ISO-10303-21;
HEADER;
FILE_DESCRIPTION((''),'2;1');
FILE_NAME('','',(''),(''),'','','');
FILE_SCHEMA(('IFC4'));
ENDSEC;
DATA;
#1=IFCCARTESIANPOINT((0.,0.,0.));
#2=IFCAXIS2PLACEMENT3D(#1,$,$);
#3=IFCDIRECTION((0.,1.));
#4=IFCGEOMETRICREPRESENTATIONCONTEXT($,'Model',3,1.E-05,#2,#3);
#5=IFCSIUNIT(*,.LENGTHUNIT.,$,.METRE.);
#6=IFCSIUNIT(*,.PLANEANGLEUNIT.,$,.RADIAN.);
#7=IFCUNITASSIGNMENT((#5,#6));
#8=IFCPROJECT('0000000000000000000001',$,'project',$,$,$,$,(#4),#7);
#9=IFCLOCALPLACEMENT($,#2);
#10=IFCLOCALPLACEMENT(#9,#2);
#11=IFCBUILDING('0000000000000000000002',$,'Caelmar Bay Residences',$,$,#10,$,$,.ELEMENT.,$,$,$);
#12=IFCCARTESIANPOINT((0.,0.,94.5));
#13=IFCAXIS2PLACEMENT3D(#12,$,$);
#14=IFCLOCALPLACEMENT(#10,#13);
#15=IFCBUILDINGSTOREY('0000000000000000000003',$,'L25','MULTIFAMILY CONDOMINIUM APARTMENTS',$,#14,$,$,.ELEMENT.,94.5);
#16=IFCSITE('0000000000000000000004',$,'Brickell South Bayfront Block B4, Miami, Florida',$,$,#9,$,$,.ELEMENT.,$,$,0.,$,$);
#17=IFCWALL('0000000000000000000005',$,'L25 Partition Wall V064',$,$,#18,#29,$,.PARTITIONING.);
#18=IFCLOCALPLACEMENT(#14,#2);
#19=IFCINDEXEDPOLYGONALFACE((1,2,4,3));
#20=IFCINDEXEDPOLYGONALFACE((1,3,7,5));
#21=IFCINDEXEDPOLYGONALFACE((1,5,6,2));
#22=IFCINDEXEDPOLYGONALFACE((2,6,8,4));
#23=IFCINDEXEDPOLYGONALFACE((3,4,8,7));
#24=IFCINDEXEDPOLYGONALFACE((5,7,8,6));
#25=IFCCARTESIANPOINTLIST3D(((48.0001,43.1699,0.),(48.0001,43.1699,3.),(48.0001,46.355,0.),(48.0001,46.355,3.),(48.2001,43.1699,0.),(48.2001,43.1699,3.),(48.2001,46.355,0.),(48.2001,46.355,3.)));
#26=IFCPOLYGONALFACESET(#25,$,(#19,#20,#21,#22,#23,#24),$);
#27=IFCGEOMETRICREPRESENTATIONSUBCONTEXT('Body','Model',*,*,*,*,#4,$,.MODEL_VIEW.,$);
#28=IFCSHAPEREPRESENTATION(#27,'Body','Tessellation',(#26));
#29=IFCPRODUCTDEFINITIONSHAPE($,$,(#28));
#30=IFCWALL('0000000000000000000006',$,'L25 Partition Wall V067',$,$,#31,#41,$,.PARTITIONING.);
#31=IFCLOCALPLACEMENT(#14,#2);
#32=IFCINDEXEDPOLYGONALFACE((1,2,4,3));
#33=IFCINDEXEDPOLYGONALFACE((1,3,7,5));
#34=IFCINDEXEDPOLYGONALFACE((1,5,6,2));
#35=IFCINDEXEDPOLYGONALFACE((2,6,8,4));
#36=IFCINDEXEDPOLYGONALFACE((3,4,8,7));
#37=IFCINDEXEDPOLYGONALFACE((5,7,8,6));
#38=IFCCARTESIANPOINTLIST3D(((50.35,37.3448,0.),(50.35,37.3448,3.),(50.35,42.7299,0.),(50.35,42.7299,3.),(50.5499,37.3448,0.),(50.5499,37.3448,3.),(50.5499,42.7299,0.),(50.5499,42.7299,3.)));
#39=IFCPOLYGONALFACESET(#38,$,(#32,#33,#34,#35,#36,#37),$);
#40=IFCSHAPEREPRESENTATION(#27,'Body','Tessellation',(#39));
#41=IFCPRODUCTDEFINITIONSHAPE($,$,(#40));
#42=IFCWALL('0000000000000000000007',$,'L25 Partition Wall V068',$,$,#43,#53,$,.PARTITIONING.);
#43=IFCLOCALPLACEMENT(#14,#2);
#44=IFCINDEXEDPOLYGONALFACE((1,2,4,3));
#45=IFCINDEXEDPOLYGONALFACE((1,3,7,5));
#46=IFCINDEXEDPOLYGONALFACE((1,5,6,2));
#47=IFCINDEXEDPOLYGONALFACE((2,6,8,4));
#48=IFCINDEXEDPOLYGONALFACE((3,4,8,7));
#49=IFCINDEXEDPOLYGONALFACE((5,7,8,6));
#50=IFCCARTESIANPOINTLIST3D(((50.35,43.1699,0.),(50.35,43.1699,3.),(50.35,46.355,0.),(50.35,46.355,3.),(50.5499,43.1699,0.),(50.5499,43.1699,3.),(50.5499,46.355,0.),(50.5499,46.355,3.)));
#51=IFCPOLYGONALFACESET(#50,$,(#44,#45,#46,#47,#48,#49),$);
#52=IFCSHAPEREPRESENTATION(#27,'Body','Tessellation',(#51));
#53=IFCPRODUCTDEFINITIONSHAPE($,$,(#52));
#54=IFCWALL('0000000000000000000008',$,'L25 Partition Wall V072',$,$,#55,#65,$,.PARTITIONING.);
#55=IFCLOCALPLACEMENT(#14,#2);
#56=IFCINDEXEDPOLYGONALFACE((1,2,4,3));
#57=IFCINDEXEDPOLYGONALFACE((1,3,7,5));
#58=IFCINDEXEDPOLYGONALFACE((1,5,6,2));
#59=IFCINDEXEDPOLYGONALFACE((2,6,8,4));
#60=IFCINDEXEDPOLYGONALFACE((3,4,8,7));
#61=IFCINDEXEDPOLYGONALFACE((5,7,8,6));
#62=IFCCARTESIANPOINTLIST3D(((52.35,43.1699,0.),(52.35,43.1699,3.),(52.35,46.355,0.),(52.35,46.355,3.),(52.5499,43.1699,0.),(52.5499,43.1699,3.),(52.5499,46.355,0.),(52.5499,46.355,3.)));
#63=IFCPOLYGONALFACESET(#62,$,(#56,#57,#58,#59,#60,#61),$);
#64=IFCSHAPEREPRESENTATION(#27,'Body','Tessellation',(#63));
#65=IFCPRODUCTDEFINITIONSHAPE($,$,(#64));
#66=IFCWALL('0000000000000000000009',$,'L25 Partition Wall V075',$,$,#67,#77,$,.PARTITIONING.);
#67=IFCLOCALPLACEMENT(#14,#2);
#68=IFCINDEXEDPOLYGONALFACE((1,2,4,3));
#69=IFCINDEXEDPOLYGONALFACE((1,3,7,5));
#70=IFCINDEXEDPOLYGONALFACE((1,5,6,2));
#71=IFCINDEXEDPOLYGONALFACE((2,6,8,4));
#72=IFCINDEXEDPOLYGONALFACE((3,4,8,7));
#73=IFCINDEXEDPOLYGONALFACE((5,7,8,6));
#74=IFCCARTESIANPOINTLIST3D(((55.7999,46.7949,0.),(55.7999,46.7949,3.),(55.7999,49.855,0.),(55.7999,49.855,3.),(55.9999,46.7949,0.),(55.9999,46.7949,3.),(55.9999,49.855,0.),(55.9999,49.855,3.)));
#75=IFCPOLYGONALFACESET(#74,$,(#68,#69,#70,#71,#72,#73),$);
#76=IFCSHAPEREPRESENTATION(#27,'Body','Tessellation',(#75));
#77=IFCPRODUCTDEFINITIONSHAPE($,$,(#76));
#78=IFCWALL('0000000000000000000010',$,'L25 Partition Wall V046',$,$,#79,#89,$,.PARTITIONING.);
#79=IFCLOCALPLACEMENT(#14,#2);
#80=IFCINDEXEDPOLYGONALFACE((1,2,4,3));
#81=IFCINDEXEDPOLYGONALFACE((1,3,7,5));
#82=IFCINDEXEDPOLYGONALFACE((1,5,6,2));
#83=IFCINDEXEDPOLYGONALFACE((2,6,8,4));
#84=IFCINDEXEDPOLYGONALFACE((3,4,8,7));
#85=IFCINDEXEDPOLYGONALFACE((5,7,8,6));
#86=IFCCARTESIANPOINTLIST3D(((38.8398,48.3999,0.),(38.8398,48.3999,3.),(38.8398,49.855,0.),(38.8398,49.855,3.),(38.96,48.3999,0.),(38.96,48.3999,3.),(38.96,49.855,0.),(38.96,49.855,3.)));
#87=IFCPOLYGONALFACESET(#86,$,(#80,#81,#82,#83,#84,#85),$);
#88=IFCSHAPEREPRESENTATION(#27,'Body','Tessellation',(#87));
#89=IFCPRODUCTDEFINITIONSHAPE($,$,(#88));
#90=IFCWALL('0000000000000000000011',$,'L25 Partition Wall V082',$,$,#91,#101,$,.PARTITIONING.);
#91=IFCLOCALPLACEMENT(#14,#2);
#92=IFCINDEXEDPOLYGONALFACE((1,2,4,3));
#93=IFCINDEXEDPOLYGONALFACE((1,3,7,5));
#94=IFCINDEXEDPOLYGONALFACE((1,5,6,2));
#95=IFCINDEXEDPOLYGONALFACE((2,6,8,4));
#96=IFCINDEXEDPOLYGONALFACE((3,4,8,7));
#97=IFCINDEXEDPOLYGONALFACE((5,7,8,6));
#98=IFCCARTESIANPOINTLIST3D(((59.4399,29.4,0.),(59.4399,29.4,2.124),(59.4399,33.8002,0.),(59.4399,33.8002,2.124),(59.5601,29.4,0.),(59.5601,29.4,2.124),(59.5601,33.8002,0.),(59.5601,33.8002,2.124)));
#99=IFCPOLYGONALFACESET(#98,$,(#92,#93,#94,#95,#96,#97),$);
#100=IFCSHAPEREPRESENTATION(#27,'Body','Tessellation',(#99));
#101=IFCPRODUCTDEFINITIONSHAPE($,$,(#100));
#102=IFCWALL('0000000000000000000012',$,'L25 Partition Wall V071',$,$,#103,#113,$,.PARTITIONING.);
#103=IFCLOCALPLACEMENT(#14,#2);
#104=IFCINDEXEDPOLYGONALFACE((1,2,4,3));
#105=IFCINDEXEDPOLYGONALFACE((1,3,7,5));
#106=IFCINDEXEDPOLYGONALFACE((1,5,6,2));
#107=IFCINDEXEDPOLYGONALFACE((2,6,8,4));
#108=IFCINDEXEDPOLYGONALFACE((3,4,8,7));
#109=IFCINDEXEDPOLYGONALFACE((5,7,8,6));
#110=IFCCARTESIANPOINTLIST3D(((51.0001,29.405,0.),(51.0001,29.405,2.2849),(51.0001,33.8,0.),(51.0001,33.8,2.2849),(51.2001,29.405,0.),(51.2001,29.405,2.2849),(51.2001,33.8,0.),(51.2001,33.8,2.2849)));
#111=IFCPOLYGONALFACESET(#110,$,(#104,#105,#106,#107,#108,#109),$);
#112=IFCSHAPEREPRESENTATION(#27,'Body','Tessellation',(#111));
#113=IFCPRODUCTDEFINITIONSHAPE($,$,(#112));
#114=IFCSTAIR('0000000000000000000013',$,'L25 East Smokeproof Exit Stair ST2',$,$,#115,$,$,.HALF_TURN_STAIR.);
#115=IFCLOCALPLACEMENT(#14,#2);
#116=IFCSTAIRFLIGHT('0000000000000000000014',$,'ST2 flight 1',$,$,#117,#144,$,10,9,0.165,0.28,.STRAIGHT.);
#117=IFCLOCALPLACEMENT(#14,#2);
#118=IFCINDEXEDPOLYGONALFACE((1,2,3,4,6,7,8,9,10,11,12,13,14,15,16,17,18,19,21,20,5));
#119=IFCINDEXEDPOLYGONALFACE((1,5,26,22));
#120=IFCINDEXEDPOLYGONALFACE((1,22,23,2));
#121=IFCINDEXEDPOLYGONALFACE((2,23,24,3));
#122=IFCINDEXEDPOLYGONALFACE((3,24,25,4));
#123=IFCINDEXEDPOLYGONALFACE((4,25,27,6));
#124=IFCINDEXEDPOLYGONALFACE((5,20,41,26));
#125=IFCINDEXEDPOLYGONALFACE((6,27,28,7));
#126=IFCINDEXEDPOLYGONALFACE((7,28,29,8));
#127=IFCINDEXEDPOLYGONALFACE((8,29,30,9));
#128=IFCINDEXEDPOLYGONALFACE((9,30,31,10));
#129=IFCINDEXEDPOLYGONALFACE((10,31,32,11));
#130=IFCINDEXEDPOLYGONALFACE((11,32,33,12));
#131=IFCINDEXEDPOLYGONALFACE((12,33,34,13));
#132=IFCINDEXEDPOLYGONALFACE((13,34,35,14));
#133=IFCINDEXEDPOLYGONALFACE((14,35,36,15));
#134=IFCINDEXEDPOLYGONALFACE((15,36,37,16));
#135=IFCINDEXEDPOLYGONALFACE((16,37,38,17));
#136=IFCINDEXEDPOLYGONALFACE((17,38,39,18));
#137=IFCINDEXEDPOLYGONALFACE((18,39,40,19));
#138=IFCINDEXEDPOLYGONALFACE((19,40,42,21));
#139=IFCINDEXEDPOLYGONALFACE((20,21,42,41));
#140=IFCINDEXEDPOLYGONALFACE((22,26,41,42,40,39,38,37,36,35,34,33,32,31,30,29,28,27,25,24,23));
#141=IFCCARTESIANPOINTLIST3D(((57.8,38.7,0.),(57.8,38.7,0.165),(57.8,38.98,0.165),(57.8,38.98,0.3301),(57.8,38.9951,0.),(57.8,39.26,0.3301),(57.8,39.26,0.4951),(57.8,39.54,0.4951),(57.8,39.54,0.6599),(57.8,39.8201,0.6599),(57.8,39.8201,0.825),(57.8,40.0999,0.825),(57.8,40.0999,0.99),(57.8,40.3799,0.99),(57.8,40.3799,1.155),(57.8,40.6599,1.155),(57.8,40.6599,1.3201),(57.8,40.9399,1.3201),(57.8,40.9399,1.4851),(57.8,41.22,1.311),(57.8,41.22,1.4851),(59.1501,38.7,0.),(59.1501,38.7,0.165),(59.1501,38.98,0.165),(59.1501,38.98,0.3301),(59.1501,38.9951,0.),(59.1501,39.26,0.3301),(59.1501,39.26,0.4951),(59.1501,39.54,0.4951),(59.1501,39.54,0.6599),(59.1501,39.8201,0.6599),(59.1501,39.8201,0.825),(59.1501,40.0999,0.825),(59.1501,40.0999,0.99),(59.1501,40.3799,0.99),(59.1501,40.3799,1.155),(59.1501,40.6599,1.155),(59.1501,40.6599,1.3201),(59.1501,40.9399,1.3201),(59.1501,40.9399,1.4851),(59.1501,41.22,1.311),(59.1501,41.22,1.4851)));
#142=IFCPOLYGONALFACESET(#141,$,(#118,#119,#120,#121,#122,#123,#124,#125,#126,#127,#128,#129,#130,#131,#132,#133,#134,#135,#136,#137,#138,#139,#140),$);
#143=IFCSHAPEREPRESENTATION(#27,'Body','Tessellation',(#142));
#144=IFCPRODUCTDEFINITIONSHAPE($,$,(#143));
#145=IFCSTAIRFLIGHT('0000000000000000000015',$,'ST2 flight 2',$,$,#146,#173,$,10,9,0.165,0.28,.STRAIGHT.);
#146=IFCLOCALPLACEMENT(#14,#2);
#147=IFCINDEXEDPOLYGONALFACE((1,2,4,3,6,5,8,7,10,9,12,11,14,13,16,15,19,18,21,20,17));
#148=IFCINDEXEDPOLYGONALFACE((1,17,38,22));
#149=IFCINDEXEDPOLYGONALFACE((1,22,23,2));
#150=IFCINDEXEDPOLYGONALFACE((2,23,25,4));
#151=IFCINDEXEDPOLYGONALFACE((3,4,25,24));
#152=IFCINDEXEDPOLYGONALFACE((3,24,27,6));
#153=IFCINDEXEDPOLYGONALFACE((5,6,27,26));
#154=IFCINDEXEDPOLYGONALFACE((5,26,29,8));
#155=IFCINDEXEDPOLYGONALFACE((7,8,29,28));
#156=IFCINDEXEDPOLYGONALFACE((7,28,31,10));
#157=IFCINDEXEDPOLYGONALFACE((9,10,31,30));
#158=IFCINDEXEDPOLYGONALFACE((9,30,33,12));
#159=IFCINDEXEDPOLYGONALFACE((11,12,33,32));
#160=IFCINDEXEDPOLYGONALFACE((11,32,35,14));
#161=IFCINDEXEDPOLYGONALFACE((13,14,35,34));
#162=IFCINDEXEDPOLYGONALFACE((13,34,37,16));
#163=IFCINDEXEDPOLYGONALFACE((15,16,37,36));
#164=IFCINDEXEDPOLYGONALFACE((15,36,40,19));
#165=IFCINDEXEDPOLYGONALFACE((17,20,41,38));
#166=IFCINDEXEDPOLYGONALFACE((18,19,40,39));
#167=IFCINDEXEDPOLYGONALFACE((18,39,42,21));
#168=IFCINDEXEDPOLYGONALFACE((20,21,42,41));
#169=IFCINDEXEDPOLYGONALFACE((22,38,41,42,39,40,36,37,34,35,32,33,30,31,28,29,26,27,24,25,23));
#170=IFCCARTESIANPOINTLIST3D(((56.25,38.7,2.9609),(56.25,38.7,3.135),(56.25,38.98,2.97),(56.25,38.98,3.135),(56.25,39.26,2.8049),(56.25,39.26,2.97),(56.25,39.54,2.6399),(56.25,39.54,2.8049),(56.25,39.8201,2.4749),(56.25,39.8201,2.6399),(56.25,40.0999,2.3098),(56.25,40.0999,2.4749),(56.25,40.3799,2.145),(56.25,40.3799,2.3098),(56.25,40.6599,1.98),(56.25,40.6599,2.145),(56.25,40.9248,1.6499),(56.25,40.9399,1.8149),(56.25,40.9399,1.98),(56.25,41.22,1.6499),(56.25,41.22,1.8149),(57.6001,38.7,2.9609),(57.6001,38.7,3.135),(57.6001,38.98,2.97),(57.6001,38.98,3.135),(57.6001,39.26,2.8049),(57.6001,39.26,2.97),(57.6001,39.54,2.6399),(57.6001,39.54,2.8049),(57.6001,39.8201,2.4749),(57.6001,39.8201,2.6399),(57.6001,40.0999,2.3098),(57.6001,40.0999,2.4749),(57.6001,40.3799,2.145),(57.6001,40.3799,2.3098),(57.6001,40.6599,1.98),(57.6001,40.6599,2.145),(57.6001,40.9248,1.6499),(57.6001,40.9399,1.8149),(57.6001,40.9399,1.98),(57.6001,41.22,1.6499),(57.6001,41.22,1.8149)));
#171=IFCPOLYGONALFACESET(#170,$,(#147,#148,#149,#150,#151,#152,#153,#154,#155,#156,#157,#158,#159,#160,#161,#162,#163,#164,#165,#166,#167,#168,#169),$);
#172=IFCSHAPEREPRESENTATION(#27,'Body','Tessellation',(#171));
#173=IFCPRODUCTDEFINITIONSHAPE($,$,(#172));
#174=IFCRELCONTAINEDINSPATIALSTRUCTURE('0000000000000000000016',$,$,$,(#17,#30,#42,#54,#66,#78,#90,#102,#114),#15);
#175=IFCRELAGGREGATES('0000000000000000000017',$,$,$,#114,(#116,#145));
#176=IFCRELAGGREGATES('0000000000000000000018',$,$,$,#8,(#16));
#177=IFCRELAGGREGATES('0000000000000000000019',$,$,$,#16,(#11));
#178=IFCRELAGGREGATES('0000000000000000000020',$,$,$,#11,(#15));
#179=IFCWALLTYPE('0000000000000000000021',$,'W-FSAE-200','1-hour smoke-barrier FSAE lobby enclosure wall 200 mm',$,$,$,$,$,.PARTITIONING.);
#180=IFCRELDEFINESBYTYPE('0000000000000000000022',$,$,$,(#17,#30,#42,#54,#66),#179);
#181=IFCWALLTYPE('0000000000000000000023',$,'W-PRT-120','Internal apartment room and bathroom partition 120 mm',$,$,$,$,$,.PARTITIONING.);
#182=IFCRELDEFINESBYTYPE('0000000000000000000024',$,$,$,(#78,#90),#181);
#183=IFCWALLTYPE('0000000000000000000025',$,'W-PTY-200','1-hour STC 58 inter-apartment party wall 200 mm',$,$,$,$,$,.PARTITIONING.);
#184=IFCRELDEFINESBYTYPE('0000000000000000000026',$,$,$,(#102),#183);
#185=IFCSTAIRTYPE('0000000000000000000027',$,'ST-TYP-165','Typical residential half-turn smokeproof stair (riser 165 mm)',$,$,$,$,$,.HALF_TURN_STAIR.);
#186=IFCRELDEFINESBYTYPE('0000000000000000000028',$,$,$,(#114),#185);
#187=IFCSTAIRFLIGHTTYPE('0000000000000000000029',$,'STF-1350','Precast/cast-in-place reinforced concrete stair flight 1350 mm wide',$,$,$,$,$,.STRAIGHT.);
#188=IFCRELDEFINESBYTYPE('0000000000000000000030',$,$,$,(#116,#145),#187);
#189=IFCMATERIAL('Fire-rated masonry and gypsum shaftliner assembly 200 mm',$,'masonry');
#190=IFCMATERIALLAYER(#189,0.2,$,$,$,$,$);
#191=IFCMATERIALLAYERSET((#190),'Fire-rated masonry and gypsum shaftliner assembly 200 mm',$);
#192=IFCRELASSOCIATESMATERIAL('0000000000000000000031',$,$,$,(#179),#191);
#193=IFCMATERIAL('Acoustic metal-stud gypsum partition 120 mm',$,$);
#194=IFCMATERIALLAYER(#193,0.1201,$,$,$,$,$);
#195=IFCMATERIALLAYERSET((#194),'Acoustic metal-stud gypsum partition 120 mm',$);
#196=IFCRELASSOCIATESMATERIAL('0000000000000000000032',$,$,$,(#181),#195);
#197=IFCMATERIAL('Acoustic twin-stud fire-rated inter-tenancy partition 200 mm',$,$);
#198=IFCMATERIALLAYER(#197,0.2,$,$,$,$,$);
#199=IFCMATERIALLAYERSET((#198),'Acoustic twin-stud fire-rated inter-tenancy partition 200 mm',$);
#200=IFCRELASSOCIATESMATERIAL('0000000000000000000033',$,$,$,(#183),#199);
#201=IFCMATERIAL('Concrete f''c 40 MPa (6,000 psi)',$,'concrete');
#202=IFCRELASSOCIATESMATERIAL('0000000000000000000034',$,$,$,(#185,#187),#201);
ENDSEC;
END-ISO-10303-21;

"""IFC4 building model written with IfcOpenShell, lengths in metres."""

from ifc_helpers import new_model, si_unit, direction, frame, frame_2d, origin, place, context, subcontext, project, spatial, polyline, rectangle, outline, extrude, material, layer, layer_set, type_object, element, aggregate, save


model = new_model("IFC4")

# Units and contexts
model_context = context("Model", 3, precision=1e-05, world=origin(), true_north=direction((0.0, 1.0)))
body_context = subcontext(model_context, "Body", "Model", "MODEL_VIEW")
ifc_project = project(units=[si_unit("LENGTHUNIT", "METRE"), si_unit("PLANEANGLEUNIT", "RADIAN")], contexts=[model_context])

# Site, building, storey
site_placement = place(None, origin())
site = spatial("IfcSite", under=ifc_project, at=site_placement, Name="Brickell South Bayfront Block B4, Miami, Florida", CompositionType="ELEMENT", RefElevation=0.0)
building_placement = place(site_placement, origin())
building = spatial("IfcBuilding", under=site, at=building_placement, Name="Caelmar Bay Residences", CompositionType="ELEMENT")
storey_placement = place(building_placement, frame((0.0, 0.0, 94.5)))
storey = spatial("IfcBuildingStorey", under=building, at=storey_placement, Name="L25", Description="MULTIFAMILY CONDOMINIUM APARTMENTS", CompositionType="ELEMENT", Elevation=94.5)

# Walls
ifc_material_1 = material(Name="Fire-rated masonry and gypsum shaftliner assembly 200 mm", Category="masonry")
ifc_layer_1 = layer(ifc_material_1, 0.2)
ifc_layer_set_1 = layer_set([ifc_layer_1], Name="Fire-rated masonry and gypsum shaftliner assembly 200 mm")
wall_type_1 = type_object("IfcWallType", Name="W-FSAE-200", Description="1-hour smoke-barrier FSAE lobby enclosure wall 200 mm", PredefinedType="PARTITIONING", material=ifc_layer_set_1)
for number, where, z_axis, x_axis, name in (
    (1, (48.1001, 43.1699, 0.0), (0.0, 0.0, 1.0), (0.0, 1.0, 0.0), "L25 Partition Wall V064"),
):
    element("IfcWall", number, at=place(storey_placement, frame(where, z_axis=z_axis, x_axis=x_axis)), inside=storey, type_object=wall_type_1, Name=name, PredefinedType="PARTITIONING", context=body_context, shape_type="SweptSolid", body=[
        extrude(rectangle(XDim=3.1851, YDim=0.2, at=frame_2d((1.5925, 0.0))), origin(), (0.0, 0.0, 1.0), 3.0),
    ])
wall_1_placement = place(storey_placement, frame((50.45, 37.345, 0.0), z_axis=(0.0, 0.0, 1.0), x_axis=(0.0, 1.0, 0.0)))
element("IfcWall", 2, at=wall_1_placement, inside=storey, type_object=wall_type_1, Name="L25 Partition Wall V067", PredefinedType="PARTITIONING", context=body_context, shape_type="SweptSolid", body=[
    extrude(rectangle(XDim=5.385, YDim=0.2, at=frame_2d((2.6924, 0.0))), origin(), (0.0, 0.0, 1.0), 3.0),
])
for number, where, z_axis, x_axis, name in (
    (3, (50.45, 43.1699, 0.0), (0.0, 0.0, 1.0), (0.0, 1.0, 0.0), "L25 Partition Wall V068"),
    (4, (52.45, 43.1699, 0.0), (0.0, 0.0, 1.0), (0.0, 1.0, 0.0), "L25 Partition Wall V072"),
):
    element("IfcWall", number, at=place(storey_placement, frame(where, z_axis=z_axis, x_axis=x_axis)), inside=storey, type_object=wall_type_1, Name=name, PredefinedType="PARTITIONING", context=body_context, shape_type="SweptSolid", body=[
        extrude(rectangle(XDim=3.1851, YDim=0.2, at=frame_2d((1.5925, 0.0))), origin(), (0.0, 0.0, 1.0), 3.0),
    ])
wall_2_placement = place(storey_placement, frame((55.8999, 46.7949, 0.0), z_axis=(0.0, 0.0, 1.0), x_axis=(0.0, 1.0, 0.0)))
element("IfcWall", 5, at=wall_2_placement, inside=storey, type_object=wall_type_1, Name="L25 Partition Wall V075", PredefinedType="PARTITIONING", context=body_context, shape_type="SweptSolid", body=[
    extrude(rectangle(XDim=3.0601, YDim=0.2, at=frame_2d((1.53, 0.0))), origin(), (0.0, 0.0, 1.0), 3.0),
])
ifc_material_2 = material(Name="Acoustic metal-stud gypsum partition 120 mm")
ifc_layer_2 = layer(ifc_material_2, 0.1201)
ifc_layer_set_2 = layer_set([ifc_layer_2], Name="Acoustic metal-stud gypsum partition 120 mm")
wall_type_2 = type_object("IfcWallType", Name="W-PRT-120", Description="Internal apartment room and bathroom partition 120 mm", PredefinedType="PARTITIONING", material=ifc_layer_set_2)
wall_3_placement = place(storey_placement, frame((38.8999, 48.3999, 0.0), z_axis=(0.0, 0.0, 1.0), x_axis=(0.0, 1.0, 0.0)))
element("IfcWall", 6, at=wall_3_placement, inside=storey, type_object=wall_type_2, Name="L25 Partition Wall V046", PredefinedType="PARTITIONING", context=body_context, shape_type="SweptSolid", body=[
    extrude(rectangle(XDim=1.4551, YDim=0.1201, at=frame_2d((0.7275, 0.0))), origin(), (0.0, 0.0, 1.0), 3.0),
])
wall_4_placement = place(storey_placement, frame((59.5, 29.3999, 0.0), z_axis=(0.0, 0.0, 1.0), x_axis=(0.0, 1.0, 0.0)))
element("IfcWall", 7, at=wall_4_placement, inside=storey, type_object=wall_type_2, Name="L25 Partition Wall V082", PredefinedType="PARTITIONING", context=body_context, shape_type="SweptSolid", body=[
    extrude(rectangle(XDim=4.4001, YDim=0.1201, at=frame_2d((2.2002, 0.0))), origin(), (0.0, 0.0, 1.0), 2.124),
])
ifc_material_3 = material(Name="Acoustic twin-stud fire-rated inter-tenancy partition 200 mm")
ifc_layer_3 = layer(ifc_material_3, 0.2)
ifc_layer_set_3 = layer_set([ifc_layer_3], Name="Acoustic twin-stud fire-rated inter-tenancy partition 200 mm")
wall_type_3 = type_object("IfcWallType", Name="W-PTY-200", Description="1-hour STC 58 inter-apartment party wall 200 mm", PredefinedType="PARTITIONING", material=ifc_layer_set_3)
wall_5_placement = place(storey_placement, frame((51.1001, 29.405, 0.0), z_axis=(0.0, 0.0, 1.0), x_axis=(0.0, 1.0, 0.0)))
element("IfcWall", 8, at=wall_5_placement, inside=storey, type_object=wall_type_3, Name="L25 Partition Wall V071", PredefinedType="PARTITIONING", context=body_context, shape_type="SweptSolid", body=[
    extrude(rectangle(XDim=4.395, YDim=0.2, at=frame_2d((2.1975, 0.0))), origin(), (0.0, 0.0, 1.0), 2.2849),
])

# Stair, stair flights
ifc_material_4 = material(Name="Concrete f'c 40 MPa (6,000 psi)", Category="concrete")
stair_type = type_object("IfcStairType", Name="ST-TYP-165", Description="Typical residential half-turn smokeproof stair (riser 165 mm)", PredefinedType="HALF_TURN_STAIR", material=ifc_material_4)
stair_placement = place(storey_placement, origin())
stair = element("IfcStair", 9, at=stair_placement, inside=storey, type_object=stair_type, Name="L25 East Smokeproof Exit Stair ST2", PredefinedType="HALF_TURN_STAIR")
stair_flight_type = type_object("IfcStairFlightType", Name="STF-1350", Description="Precast/cast-in-place reinforced concrete stair flight 1350 mm wide", PredefinedType="STRAIGHT", material=ifc_material_4)
stair_flight_1_placement = place(storey_placement, frame((58.4751, 38.7, 0.0), z_axis=(0.0, 0.0, 1.0), x_axis=(0.0, 1.0, 0.0)))
stair_flight_1 = element("IfcStairFlight", 10, at=stair_flight_1_placement, type_object=stair_flight_type, Name="ST2 flight 1", NumberOfRisers=10, NumberOfTreads=9, PredefinedType="STRAIGHT", RiserHeight=0.165, TreadLength=0.28, context=body_context, shape_type="SweptSolid", body=[
    extrude(outline(polyline([(0.0, 0.0), (0.0, 0.165), (0.28, 0.165), (0.28, 0.3301), (0.5601, 0.3301), (0.5601, 0.4951), (0.8401, 0.4951), (0.8401, 0.6599), (1.1201, 0.6599), (1.1201, 0.825), (1.3999, 0.825), (1.3999, 0.99), (1.6799, 0.99), (1.6799, 1.155), (1.96, 1.155), (1.96, 1.3201), (2.24, 1.3201), (2.24, 1.4851), (2.52, 1.4851), (2.52, 1.6499), (2.52, 1.311), (0.2952, 0.0), (0.0, 0.0)])), frame((0.0, 0.675, 0.0), z_axis=(0.0, -1.0, 0.0), x_axis=(1.0, 0.0, 0.0)), (0.0, 0.0, 1.0), 1.3501),
])
stair_flight_2_placement = place(storey_placement, frame((56.925, 41.22, 1.6499), z_axis=(0.0, 0.0, 1.0), x_axis=(0.0, -1.0, 0.0)))
stair_flight_2 = element("IfcStairFlight", 11, at=stair_flight_2_placement, type_object=stair_flight_type, Name="ST2 flight 2", NumberOfRisers=10, NumberOfTreads=9, PredefinedType="STRAIGHT", RiserHeight=0.165, TreadLength=0.28, context=body_context, shape_type="SweptSolid", body=[
    extrude(outline(polyline([(0.0, 0.0), (0.0, 0.165), (0.28, 0.165), (0.28, 0.3301), (0.5601, 0.3301), (0.5601, 0.4951), (0.8401, 0.4951), (0.8401, 0.6599), (1.1201, 0.6599), (1.1201, 0.825), (1.3999, 0.825), (1.3999, 0.99), (1.6799, 0.99), (1.6799, 1.155), (1.96, 1.155), (1.96, 1.3201), (2.24, 1.3201), (2.24, 1.4851), (2.52, 1.4851), (2.52, 1.6499), (2.52, 1.311), (0.2952, 0.0), (0.0, 0.0)])), frame((0.0, 0.675, 0.0), z_axis=(0.0, -1.0, 0.0), x_axis=(1.0, 0.0, 0.0)), (0.0, 0.0, 1.0), 1.3501),
])
aggregate(stair, [stair_flight_1, stair_flight_2])

save(model, "model.ifc")
